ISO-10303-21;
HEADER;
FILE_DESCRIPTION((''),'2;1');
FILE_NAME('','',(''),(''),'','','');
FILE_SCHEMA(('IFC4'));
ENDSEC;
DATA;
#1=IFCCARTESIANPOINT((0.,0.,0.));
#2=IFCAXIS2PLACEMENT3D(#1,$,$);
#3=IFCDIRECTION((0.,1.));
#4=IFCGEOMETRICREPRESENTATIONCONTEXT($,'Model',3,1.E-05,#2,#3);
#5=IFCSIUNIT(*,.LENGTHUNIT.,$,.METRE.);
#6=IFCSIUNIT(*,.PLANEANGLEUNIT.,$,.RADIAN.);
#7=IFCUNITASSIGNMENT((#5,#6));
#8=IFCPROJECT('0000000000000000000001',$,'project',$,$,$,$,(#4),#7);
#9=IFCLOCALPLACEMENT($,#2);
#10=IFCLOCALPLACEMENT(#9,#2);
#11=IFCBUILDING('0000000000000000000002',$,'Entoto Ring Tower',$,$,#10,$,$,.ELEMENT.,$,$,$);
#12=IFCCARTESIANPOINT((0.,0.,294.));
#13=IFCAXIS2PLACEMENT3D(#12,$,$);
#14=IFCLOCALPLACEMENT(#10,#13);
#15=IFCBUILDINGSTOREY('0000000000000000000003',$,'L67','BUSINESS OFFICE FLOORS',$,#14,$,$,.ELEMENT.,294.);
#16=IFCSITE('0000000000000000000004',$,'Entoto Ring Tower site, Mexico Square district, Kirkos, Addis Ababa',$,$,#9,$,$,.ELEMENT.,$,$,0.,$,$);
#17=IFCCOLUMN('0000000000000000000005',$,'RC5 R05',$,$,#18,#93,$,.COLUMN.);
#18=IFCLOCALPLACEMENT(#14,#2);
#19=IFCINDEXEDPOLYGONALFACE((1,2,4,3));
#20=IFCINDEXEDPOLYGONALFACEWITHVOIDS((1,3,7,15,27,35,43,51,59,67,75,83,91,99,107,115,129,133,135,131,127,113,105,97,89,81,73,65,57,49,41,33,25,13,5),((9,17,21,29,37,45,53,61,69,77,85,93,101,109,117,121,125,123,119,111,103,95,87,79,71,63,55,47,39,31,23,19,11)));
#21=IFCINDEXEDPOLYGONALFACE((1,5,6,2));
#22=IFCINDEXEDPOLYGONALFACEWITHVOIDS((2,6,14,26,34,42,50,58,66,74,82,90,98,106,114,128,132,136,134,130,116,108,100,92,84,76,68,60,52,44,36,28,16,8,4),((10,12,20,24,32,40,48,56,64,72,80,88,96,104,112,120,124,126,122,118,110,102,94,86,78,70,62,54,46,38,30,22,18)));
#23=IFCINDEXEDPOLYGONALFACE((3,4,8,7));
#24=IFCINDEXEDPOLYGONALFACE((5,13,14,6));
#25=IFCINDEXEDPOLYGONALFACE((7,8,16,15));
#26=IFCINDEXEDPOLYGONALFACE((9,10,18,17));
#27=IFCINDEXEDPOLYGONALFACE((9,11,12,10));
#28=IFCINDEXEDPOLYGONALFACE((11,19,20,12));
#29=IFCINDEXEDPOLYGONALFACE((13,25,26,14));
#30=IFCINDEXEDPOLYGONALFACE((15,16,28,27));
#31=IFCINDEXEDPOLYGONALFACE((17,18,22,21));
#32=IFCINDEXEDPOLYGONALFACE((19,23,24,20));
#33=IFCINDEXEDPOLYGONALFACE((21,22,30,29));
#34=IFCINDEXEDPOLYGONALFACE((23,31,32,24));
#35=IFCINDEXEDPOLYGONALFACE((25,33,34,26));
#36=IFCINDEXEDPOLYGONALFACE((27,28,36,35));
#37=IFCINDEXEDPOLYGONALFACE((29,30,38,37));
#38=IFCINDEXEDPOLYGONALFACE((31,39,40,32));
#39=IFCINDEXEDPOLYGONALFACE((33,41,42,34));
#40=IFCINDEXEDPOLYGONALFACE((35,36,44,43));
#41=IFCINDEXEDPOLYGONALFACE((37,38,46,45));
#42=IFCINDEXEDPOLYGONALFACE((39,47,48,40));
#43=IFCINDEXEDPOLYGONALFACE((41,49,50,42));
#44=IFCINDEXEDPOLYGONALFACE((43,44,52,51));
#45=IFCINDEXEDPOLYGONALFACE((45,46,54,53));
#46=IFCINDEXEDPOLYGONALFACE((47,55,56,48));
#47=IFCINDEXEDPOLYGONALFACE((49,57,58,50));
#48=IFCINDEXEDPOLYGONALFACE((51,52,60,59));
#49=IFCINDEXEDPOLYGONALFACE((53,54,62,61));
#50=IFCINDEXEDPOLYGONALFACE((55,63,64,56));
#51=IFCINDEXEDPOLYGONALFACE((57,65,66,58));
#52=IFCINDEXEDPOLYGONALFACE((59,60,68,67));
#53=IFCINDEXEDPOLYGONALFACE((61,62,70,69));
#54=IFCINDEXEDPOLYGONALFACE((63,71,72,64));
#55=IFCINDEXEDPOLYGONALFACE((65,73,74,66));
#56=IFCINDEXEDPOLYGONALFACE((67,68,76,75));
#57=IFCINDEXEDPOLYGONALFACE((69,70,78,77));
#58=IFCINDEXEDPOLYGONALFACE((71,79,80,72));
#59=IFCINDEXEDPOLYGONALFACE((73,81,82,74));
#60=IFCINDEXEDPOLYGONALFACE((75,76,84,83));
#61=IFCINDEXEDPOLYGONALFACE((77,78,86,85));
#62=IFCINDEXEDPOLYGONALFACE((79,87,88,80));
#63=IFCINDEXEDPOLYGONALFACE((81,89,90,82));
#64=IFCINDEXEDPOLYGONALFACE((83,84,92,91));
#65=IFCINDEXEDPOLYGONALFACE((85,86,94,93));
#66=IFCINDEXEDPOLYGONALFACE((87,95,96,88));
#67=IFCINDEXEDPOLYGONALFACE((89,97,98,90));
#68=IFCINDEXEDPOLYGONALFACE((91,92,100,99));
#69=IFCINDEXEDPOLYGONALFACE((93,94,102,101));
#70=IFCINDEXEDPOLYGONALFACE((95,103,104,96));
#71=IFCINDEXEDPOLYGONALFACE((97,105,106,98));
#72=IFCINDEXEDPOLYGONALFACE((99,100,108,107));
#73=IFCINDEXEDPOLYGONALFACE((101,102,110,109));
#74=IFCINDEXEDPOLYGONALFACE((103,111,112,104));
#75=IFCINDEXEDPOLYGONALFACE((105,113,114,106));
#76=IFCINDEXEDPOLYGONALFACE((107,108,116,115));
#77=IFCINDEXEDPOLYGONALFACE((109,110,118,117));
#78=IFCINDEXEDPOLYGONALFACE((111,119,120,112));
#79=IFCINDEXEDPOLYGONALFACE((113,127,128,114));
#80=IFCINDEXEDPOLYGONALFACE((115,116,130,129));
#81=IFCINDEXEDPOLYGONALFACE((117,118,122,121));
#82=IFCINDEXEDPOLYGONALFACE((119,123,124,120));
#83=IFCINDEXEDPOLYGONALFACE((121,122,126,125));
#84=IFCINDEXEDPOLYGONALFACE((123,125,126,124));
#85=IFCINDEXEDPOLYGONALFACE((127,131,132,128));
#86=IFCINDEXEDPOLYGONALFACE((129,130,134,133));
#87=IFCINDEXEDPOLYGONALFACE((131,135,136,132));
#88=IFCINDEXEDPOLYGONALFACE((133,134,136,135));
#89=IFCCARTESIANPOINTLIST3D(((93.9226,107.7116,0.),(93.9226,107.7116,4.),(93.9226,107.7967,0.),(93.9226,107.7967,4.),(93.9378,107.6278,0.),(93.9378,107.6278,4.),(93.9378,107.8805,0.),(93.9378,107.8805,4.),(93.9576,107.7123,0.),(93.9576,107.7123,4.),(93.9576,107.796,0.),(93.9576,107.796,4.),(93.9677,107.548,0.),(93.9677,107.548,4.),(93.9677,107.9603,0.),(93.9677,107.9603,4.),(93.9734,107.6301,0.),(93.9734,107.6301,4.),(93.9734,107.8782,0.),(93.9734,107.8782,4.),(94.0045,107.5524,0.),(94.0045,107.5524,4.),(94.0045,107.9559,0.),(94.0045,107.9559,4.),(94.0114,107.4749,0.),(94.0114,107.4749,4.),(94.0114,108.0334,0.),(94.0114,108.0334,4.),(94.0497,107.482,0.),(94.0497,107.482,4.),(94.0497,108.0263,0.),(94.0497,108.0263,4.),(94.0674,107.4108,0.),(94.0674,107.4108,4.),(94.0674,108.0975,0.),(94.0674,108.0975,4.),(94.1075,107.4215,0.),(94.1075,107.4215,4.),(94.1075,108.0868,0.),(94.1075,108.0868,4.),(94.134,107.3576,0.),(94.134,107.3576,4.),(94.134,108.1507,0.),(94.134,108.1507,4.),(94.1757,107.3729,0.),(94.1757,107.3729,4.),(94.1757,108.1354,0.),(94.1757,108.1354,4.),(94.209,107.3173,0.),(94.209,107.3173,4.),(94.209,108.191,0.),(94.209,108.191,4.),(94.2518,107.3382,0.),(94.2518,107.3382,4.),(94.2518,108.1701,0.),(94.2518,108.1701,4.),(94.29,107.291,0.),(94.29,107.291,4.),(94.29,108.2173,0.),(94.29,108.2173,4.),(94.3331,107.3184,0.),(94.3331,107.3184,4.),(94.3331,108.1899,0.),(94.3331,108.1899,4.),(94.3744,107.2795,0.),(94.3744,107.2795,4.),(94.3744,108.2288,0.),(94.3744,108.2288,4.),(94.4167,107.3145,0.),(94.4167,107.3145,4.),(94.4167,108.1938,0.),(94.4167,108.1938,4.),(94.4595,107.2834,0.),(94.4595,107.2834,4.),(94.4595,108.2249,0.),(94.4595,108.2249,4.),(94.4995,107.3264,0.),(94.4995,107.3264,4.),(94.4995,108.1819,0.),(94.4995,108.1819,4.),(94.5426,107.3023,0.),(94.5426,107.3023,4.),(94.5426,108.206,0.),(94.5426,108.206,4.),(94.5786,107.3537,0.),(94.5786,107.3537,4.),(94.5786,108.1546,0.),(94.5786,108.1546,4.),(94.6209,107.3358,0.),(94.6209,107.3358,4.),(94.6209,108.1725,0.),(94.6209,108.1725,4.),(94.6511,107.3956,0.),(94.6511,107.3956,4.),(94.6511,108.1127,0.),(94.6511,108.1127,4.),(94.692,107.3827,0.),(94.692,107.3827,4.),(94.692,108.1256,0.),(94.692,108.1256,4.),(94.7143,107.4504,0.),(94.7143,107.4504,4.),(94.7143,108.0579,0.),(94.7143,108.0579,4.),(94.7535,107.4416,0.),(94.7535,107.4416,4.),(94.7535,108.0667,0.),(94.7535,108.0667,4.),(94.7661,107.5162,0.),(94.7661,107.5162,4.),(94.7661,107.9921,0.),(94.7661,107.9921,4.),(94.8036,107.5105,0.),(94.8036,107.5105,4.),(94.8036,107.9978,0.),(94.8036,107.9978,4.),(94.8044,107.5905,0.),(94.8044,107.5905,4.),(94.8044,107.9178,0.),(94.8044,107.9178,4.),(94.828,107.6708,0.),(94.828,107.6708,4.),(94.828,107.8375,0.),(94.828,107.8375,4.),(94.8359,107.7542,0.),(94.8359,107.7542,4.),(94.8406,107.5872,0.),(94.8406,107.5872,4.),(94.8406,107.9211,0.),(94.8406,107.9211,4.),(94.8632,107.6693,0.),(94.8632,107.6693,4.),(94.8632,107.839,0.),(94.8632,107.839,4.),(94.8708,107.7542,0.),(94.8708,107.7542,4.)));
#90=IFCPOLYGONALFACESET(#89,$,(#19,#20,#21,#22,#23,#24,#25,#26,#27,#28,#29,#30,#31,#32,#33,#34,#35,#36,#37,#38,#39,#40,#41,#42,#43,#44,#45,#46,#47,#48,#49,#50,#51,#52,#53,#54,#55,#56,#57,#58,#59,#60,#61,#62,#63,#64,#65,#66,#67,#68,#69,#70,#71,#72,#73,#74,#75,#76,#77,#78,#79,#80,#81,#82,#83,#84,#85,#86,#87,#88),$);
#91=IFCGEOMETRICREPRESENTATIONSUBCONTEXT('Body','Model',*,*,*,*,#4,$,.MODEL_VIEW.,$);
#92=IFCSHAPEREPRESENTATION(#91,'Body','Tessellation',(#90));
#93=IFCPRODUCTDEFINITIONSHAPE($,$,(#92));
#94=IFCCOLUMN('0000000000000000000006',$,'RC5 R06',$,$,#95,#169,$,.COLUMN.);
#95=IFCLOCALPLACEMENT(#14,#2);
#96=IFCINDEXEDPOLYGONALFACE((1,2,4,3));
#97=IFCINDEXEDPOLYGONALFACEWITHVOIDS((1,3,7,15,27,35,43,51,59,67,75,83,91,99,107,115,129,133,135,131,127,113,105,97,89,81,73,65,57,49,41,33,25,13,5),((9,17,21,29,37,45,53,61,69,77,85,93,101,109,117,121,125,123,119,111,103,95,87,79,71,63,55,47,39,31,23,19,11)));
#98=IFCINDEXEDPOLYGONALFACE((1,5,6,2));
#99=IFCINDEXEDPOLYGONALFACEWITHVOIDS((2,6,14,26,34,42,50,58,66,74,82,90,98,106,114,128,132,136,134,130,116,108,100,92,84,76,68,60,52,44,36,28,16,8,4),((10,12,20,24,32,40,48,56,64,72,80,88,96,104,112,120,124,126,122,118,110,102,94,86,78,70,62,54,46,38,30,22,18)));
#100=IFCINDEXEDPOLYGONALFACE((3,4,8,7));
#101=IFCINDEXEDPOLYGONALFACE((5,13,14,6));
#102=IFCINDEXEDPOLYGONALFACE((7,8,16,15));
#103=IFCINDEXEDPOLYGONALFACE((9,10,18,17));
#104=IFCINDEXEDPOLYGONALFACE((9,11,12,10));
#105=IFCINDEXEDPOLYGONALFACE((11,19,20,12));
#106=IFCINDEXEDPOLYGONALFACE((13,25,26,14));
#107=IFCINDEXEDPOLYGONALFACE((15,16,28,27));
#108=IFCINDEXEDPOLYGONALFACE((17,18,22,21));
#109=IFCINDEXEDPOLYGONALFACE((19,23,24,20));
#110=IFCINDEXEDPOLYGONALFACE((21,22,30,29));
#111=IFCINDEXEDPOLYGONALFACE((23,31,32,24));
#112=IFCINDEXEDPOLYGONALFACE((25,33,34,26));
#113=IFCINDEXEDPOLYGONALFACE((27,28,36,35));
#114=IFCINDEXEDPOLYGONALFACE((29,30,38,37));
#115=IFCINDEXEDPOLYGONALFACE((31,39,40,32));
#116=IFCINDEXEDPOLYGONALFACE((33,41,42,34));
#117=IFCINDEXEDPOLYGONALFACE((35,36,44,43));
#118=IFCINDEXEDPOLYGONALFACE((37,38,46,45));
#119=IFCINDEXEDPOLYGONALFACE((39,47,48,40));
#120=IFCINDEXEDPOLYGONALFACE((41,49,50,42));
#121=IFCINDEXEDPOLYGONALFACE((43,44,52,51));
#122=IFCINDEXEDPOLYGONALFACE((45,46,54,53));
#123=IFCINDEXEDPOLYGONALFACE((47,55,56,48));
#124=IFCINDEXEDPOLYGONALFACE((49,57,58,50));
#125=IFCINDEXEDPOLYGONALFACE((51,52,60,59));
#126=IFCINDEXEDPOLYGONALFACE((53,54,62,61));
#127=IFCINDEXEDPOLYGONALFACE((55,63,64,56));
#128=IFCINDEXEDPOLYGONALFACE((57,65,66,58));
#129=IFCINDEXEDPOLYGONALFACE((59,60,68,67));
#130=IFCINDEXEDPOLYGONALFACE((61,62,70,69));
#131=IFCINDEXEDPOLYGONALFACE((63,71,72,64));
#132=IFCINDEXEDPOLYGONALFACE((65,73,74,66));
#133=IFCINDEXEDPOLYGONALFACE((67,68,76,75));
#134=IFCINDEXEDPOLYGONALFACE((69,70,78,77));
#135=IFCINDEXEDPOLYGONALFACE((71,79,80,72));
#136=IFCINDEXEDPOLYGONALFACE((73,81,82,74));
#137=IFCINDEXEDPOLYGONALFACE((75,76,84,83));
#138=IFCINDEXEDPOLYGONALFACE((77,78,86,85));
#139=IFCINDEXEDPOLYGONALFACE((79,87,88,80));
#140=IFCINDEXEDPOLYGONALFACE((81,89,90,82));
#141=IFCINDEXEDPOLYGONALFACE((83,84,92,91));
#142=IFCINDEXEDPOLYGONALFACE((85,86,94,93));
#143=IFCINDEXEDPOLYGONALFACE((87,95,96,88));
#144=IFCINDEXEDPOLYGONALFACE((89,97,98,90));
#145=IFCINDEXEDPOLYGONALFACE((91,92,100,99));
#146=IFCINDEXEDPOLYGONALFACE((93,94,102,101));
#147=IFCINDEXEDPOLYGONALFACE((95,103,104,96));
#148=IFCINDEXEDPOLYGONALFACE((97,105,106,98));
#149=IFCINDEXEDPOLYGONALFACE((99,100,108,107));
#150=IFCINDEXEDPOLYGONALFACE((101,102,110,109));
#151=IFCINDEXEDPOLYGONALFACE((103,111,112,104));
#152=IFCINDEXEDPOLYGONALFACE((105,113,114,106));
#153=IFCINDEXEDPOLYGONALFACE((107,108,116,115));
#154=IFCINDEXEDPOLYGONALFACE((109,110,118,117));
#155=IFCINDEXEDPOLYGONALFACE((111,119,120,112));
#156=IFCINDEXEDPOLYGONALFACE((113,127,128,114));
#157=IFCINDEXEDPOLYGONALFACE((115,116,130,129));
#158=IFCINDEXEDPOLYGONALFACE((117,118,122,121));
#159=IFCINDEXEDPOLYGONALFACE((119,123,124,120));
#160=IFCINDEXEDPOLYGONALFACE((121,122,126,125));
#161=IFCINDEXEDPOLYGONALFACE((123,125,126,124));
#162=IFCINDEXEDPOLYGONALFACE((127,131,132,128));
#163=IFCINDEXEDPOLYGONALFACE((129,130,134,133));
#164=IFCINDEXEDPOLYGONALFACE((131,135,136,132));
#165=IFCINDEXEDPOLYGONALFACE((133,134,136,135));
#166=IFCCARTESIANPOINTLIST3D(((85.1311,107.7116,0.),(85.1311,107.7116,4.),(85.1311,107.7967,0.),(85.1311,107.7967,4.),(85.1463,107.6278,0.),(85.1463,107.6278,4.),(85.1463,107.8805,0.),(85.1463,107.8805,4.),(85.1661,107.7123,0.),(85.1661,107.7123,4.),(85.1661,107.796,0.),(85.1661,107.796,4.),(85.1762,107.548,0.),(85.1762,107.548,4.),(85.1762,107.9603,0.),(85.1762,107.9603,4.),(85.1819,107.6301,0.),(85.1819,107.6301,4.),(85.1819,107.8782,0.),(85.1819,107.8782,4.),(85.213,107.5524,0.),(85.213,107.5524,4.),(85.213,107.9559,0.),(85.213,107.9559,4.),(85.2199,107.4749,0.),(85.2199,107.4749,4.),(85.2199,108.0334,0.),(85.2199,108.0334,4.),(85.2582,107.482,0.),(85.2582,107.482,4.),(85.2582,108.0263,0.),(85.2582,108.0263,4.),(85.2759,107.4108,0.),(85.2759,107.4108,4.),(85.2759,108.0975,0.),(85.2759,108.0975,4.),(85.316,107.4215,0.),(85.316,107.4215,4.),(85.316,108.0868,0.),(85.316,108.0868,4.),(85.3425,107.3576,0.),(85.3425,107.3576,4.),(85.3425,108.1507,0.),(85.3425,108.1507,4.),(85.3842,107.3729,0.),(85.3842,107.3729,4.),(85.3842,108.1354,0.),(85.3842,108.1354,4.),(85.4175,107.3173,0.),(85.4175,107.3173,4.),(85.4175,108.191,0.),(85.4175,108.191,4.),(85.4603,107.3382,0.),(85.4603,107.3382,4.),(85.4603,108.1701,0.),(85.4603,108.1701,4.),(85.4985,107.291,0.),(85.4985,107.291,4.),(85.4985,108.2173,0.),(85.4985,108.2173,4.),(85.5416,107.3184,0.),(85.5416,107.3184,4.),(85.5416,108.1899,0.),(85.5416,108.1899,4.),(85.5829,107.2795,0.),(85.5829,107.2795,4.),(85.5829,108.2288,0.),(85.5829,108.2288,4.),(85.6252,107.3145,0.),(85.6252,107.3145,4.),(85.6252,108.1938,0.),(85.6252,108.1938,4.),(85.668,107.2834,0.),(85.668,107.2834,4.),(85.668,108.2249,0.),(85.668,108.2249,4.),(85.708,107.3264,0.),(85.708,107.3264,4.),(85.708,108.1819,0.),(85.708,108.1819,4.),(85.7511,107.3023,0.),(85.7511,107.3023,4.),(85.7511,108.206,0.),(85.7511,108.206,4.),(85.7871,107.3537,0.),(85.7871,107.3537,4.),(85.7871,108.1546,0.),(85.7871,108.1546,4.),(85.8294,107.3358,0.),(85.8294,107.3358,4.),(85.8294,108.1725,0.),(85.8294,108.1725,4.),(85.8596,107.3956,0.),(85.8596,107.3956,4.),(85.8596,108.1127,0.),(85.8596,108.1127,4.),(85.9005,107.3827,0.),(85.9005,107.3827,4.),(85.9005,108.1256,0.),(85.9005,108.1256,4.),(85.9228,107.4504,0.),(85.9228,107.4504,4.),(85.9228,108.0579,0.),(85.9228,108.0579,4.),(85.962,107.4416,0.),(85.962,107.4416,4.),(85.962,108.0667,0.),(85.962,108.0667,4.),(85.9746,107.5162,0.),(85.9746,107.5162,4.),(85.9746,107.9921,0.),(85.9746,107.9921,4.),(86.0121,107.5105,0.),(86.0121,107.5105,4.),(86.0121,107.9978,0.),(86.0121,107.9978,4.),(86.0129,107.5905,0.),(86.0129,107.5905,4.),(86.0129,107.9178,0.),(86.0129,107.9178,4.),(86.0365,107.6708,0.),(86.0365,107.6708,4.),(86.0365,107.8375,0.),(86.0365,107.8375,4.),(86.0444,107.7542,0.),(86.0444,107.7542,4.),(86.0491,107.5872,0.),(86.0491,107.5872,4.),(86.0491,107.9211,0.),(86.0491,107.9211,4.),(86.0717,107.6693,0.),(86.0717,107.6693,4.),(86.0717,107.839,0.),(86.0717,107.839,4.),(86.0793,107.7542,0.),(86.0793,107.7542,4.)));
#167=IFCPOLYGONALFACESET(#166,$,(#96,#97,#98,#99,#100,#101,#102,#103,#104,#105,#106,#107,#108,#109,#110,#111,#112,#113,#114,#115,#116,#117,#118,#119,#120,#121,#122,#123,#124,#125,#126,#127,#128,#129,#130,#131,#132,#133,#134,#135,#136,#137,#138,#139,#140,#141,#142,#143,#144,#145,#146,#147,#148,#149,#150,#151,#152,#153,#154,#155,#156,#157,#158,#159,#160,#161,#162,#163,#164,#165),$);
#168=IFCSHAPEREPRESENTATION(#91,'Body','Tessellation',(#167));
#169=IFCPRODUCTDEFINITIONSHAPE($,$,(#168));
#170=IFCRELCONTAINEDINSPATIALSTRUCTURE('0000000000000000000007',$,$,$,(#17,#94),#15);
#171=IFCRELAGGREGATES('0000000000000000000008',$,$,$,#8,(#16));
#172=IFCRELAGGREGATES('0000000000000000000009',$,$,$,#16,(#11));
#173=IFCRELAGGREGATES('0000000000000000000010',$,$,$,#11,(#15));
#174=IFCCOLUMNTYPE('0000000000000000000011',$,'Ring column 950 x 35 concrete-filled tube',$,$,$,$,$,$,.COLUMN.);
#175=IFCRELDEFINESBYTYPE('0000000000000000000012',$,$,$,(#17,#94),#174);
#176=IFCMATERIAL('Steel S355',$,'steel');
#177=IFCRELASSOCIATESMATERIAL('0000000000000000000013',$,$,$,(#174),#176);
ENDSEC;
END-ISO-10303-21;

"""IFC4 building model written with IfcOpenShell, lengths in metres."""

from ifc_helpers import new_model, si_unit, direction, frame, origin, origin_2d, place, context, subcontext, project, spatial, circle, hollow_circle, extrude, material, material_profile, profile_set, type_object, element, save


model = new_model("IFC4")

# Units and contexts
model_context = context("Model", 3, precision=1e-05, world=origin(), true_north=direction((0.0, 1.0)))
body_context = subcontext(model_context, "Body", "Model", "MODEL_VIEW")
ifc_project = project(units=[si_unit("LENGTHUNIT", "METRE"), si_unit("PLANEANGLEUNIT", "RADIAN")], contexts=[model_context])

# Site, building, storey
site_placement = place(None, origin())
site = spatial("IfcSite", under=ifc_project, at=site_placement, Name="Entoto Ring Tower site, Mexico Square district, Kirkos, Addis Ababa", CompositionType="ELEMENT", RefElevation=0.0)
building_placement = place(site_placement, origin())
building = spatial("IfcBuilding", under=site, at=building_placement, Name="Entoto Ring Tower", CompositionType="ELEMENT")
storey_placement = place(building_placement, frame((0.0, 0.0, 294.0)))
storey = spatial("IfcBuildingStorey", under=building, at=storey_placement, Name="L67", Description="BUSINESS OFFICE FLOORS", CompositionType="ELEMENT", Elevation=294.0)

# Columns
ifc_material_1 = material(Name="Steel S355", Category="steel")
ifc_material_profile_1 = material_profile(ifc_material_1, hollow_circle(Radius=0.4751, WallThickness=0.0349, at=origin_2d()), Name="CHS 950 x 35")
ifc_material_2 = material(Name="Concrete C60/75", Category="concrete")
ifc_material_profile_2 = material_profile(ifc_material_2, circle(Radius=0.4399, at=origin_2d()), Name="Concrete C60/75 infill")
ifc_profile_set_1 = profile_set([ifc_material_profile_1, ifc_material_profile_2], Name="Steel S355")
column_type = type_object("IfcColumnType", Name="Ring column 950 x 35 concrete-filled tube", PredefinedType="COLUMN", material=ifc_profile_set_1)
for number, where, z_axis, x_axis, name in (
    (1, (94.3958, 107.7542, 0.0), (0.0, 0.0, 1.0), (1.0, 0.0, 0.0), "RC5 R05"),
    (2, (85.6042, 107.7542, 0.0), (0.0, 0.0, 1.0), (1.0, 0.0, 0.0), "RC5 R06"),
):
    element("IfcColumn", number, at=place(storey_placement, frame(where, z_axis=z_axis, x_axis=x_axis)), inside=storey, type_object=column_type, Name=name, PredefinedType="COLUMN", context=body_context, shape_type="SweptSolid", body=[
        extrude(hollow_circle(Radius=0.4751, WallThickness=0.0349, at=origin_2d()), origin(), (0.0, 0.0, 1.0), 4.0),
    ])

save(model, "model.ifc")
